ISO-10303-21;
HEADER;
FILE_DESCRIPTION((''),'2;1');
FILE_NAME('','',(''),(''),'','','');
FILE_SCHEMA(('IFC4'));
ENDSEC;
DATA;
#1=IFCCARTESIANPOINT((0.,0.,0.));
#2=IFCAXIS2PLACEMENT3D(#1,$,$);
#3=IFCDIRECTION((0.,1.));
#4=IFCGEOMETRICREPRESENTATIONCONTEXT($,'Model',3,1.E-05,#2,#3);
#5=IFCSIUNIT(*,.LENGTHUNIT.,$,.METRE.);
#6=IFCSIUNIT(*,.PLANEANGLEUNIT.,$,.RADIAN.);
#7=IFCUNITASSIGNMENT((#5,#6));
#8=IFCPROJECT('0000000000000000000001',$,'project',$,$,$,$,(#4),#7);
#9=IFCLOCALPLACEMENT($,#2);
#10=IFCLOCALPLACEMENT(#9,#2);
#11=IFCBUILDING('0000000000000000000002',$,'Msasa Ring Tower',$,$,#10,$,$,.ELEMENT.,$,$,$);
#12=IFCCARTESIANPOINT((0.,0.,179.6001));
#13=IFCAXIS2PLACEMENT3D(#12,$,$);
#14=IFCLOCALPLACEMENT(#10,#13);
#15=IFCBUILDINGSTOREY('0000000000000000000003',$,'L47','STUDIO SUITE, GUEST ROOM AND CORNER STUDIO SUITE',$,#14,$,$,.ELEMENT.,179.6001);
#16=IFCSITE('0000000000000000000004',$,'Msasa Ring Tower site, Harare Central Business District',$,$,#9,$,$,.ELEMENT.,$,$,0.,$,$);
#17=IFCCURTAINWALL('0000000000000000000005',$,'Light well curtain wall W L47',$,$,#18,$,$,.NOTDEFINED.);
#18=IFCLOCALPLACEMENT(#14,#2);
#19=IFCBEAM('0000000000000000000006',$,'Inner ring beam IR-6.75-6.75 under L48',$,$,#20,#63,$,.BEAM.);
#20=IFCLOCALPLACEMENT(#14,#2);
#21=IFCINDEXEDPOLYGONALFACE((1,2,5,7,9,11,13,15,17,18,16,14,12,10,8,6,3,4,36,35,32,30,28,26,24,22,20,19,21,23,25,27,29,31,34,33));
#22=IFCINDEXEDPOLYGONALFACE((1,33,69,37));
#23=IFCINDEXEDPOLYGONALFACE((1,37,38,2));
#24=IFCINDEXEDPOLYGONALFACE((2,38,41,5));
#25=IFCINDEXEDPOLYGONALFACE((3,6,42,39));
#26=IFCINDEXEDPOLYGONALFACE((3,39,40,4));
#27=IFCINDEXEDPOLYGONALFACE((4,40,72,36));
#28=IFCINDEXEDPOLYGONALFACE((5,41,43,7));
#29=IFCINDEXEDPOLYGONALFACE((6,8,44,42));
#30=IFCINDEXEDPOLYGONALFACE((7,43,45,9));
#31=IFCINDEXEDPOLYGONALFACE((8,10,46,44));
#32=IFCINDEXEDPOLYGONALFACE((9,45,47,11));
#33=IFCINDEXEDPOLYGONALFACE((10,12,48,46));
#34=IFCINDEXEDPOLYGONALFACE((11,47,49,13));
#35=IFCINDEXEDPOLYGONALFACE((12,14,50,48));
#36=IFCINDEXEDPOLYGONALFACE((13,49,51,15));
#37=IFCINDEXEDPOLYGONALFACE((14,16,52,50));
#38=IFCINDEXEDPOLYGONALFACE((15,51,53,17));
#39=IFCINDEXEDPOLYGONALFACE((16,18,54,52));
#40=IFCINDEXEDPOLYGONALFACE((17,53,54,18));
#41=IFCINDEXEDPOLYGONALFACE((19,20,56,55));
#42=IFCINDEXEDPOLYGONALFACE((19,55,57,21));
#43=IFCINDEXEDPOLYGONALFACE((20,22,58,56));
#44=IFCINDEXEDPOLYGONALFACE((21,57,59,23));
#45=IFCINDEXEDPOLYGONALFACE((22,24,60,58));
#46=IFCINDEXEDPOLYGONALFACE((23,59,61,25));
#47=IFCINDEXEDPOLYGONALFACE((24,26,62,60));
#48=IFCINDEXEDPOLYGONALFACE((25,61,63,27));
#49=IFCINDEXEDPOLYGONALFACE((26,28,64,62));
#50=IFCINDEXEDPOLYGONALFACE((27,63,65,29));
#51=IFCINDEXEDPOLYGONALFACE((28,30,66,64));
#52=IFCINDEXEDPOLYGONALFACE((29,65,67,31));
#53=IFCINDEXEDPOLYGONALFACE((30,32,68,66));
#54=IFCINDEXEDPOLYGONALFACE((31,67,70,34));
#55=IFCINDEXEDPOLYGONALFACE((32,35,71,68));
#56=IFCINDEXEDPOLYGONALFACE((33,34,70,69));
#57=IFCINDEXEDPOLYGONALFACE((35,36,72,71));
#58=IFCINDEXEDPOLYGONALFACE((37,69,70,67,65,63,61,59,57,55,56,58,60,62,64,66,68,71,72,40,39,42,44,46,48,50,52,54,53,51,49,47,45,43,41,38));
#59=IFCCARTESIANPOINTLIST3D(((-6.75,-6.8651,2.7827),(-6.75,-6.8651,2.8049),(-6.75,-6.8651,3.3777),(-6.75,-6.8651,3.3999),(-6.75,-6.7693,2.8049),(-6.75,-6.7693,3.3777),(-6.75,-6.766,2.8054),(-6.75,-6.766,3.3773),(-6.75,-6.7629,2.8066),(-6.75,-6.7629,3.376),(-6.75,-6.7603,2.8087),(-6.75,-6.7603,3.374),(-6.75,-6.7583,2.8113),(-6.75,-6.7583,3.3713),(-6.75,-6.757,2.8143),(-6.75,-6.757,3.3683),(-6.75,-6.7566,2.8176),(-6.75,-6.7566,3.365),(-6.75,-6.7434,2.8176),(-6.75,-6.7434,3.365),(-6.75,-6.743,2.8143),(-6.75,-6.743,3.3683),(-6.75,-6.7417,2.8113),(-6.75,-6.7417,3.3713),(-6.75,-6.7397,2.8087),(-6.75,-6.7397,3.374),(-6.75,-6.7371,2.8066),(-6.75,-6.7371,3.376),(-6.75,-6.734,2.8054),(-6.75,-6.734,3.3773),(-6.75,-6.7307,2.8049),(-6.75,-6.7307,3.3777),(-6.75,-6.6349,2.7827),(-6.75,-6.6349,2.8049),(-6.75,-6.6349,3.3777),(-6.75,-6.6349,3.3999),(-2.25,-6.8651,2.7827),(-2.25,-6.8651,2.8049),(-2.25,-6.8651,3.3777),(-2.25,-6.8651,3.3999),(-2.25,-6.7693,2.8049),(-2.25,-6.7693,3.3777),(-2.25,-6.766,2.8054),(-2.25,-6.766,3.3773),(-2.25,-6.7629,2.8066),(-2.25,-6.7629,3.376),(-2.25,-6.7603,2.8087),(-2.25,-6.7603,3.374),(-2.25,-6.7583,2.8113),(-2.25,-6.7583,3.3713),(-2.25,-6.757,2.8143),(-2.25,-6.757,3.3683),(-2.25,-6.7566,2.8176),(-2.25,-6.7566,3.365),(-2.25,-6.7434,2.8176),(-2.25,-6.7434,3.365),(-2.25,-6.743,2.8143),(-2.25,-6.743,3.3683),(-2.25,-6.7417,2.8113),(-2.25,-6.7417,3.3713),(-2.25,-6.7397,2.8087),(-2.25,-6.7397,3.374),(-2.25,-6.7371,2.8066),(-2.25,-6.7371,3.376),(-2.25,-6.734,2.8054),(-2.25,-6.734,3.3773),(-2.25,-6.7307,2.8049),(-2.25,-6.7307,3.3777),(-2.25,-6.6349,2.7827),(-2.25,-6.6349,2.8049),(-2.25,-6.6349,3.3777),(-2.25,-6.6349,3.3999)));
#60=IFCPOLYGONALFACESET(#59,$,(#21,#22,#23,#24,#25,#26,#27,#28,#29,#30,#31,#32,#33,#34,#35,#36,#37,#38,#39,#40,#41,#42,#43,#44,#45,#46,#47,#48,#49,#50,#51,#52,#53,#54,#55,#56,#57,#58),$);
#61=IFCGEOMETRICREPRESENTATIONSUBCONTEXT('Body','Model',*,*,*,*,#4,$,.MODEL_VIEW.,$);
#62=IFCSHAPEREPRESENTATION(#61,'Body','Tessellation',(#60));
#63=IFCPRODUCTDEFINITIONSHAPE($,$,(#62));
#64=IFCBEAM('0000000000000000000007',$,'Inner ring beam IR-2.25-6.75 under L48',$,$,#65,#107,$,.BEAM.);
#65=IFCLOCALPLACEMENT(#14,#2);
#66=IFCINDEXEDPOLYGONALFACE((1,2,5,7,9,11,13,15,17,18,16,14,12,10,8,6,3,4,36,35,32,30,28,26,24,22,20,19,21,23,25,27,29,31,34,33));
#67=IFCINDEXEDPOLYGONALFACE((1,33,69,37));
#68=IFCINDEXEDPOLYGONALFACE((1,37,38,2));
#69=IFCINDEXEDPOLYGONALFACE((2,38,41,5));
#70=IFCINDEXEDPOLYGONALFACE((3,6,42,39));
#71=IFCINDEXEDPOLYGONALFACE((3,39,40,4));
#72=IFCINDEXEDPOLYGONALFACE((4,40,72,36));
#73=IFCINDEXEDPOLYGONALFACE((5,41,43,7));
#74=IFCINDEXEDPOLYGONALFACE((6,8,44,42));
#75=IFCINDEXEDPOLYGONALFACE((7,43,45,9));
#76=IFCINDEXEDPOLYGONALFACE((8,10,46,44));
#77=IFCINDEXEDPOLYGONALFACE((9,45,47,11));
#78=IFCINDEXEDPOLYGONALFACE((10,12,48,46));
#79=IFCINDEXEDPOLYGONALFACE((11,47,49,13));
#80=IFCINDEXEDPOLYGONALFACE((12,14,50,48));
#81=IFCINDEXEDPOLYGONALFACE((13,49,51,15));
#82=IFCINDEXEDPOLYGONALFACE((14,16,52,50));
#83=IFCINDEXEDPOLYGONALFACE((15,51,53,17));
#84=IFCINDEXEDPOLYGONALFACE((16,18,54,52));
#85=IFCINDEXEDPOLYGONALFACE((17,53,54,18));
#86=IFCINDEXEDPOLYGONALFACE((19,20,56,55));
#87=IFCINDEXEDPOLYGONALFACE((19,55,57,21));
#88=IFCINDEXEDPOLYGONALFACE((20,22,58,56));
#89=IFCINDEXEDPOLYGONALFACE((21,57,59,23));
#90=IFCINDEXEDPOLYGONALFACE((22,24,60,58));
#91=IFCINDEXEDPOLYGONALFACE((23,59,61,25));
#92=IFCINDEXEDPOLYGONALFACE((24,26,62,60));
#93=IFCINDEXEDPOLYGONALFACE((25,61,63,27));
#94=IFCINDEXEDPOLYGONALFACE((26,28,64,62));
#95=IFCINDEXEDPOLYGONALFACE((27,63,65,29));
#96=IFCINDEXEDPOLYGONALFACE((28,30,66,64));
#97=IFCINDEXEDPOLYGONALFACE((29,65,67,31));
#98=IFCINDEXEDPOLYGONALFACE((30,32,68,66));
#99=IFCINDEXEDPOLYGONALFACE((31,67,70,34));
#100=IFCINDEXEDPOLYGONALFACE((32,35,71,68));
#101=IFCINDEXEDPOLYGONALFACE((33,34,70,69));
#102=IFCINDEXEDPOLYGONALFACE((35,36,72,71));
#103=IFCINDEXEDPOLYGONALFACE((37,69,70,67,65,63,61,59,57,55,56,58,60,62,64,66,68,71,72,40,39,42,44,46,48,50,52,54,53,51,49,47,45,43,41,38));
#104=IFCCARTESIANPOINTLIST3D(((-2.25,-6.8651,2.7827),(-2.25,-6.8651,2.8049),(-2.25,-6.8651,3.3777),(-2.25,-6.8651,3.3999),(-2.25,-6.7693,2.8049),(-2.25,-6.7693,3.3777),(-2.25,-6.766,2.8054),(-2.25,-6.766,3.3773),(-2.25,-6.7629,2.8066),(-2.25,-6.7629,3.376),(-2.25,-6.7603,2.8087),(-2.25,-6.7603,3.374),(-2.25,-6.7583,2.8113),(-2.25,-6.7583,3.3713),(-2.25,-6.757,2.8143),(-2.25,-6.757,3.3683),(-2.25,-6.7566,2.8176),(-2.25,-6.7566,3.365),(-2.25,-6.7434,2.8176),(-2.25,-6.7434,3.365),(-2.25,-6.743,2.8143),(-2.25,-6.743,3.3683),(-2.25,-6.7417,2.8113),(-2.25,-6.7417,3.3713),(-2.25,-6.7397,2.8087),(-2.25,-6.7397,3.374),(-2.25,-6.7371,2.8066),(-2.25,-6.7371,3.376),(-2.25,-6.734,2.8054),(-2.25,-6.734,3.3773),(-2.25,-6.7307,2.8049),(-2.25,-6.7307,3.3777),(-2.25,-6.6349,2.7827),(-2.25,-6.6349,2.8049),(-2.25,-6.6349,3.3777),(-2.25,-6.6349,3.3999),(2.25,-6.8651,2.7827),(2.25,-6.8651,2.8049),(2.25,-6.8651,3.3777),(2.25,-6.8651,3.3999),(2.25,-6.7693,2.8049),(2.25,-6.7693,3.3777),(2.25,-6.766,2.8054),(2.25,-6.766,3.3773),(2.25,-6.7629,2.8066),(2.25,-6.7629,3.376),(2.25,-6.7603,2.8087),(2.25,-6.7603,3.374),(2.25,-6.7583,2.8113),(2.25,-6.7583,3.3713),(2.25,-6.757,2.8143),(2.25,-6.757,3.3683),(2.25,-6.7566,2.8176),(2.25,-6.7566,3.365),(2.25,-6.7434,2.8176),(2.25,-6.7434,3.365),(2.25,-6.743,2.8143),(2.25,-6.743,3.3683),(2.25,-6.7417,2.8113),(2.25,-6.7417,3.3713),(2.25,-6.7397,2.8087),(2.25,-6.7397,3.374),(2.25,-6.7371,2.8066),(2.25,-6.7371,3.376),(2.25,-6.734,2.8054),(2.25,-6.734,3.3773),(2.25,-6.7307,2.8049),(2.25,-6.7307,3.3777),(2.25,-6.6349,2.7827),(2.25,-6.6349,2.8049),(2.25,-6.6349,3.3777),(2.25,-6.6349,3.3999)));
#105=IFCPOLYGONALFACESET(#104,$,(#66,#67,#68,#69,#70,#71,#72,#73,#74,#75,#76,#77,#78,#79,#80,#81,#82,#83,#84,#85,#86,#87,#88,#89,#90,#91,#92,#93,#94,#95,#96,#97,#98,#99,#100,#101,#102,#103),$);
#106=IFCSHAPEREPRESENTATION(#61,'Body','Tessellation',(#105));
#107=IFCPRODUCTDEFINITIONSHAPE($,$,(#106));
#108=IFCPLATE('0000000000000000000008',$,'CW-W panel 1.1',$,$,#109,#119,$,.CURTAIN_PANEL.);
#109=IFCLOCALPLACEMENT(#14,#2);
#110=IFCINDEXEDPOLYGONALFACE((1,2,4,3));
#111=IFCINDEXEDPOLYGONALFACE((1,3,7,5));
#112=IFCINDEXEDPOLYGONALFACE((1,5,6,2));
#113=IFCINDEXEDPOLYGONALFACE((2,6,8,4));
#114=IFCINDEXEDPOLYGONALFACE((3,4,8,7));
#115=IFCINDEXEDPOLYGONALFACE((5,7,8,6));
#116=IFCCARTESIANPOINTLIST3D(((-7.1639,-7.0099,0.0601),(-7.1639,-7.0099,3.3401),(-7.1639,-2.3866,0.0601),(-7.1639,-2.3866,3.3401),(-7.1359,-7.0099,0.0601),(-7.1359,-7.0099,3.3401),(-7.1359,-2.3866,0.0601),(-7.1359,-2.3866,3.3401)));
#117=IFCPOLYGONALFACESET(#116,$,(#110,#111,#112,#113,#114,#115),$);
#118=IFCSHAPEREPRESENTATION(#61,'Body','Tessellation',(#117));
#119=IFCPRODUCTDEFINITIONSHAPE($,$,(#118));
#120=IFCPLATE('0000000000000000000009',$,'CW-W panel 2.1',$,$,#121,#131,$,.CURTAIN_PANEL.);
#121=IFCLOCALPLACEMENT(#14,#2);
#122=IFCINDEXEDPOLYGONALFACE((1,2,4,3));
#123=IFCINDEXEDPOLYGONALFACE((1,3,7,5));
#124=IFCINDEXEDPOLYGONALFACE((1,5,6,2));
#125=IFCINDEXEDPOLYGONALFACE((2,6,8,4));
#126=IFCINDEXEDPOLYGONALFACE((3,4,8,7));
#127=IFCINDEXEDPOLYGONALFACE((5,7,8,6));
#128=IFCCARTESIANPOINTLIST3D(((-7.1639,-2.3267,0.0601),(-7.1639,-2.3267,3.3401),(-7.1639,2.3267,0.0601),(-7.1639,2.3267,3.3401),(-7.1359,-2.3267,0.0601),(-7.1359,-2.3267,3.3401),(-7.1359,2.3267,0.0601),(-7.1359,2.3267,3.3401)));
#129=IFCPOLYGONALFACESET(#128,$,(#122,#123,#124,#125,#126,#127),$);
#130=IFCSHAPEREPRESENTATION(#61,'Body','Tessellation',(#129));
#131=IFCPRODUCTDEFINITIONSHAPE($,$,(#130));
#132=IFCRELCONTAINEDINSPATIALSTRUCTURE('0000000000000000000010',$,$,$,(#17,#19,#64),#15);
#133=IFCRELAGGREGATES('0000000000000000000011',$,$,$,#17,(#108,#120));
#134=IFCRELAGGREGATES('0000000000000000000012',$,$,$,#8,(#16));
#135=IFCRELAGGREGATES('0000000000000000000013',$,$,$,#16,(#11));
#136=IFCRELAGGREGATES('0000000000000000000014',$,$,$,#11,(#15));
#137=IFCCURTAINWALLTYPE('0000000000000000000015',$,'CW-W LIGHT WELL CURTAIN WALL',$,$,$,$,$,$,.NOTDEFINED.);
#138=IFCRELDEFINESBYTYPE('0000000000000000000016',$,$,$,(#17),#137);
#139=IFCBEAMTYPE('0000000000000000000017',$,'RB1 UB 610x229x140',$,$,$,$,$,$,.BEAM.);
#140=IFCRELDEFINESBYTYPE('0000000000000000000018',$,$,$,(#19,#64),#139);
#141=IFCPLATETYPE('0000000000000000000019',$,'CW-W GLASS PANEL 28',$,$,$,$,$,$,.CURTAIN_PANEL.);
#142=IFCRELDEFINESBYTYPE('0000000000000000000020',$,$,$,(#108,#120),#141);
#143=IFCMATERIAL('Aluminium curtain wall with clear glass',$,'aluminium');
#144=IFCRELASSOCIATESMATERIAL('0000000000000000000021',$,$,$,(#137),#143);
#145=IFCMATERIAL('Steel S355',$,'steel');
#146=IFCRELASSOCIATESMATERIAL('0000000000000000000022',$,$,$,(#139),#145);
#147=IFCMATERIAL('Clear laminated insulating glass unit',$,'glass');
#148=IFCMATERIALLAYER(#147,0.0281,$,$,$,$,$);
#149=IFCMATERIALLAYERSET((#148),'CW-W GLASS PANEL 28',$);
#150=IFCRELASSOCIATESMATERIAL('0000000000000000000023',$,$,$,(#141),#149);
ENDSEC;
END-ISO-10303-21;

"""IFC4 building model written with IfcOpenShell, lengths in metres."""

from ifc_helpers import new_model, si_unit, direction, frame, origin, origin_2d, place, context, subcontext, project, spatial, rectangle, i_section, extrude, material, layer, layer_set, material_profile, profile_set, type_object, element, aggregate, save


model = new_model("IFC4")

# Units and contexts
model_context = context("Model", 3, precision=1e-05, world=origin(), true_north=direction((0.0, 1.0)))
body_context = subcontext(model_context, "Body", "Model", "MODEL_VIEW")
ifc_project = project(units=[si_unit("LENGTHUNIT", "METRE"), si_unit("PLANEANGLEUNIT", "RADIAN")], contexts=[model_context])

# Site, building, storey
site_placement = place(None, origin())
site = spatial("IfcSite", under=ifc_project, at=site_placement, Name="Msasa Ring Tower site, Harare Central Business District", CompositionType="ELEMENT", RefElevation=0.0)
building_placement = place(site_placement, origin())
building = spatial("IfcBuilding", under=site, at=building_placement, Name="Msasa Ring Tower", CompositionType="ELEMENT")
storey_placement = place(building_placement, frame((0.0, 0.0, 179.6001)))
storey = spatial("IfcBuildingStorey", under=building, at=storey_placement, Name="L47", Description="STUDIO SUITE, GUEST ROOM AND CORNER STUDIO SUITE", CompositionType="ELEMENT", Elevation=179.6001)

# Curtain wall
ifc_material_1 = material(Name="Aluminium curtain wall with clear glass", Category="aluminium")
curtain_wall_type = type_object("IfcCurtainWallType", Name="CW-W LIGHT WELL CURTAIN WALL", PredefinedType="NOTDEFINED", material=ifc_material_1)
curtain_wall_placement = place(storey_placement, origin())
curtain_wall = element("IfcCurtainWall", 1, at=curtain_wall_placement, inside=storey, type_object=curtain_wall_type, Name="Light well curtain wall W L47", PredefinedType="NOTDEFINED")

# Beams
ifc_material_2 = material(Name="Steel S355", Category="steel")
ifc_material_profile_1 = material_profile(ifc_material_2, i_section(OverallWidth=0.2302, OverallDepth=0.6172, WebThickness=0.0132, FlangeThickness=0.0222, FilletRadius=0.0127, at=origin_2d()), Name="UB 610x229x140")
ifc_profile_set_1 = profile_set([ifc_material_profile_1], Name="Steel S355")
beam_type = type_object("IfcBeamType", Name="RB1 UB 610x229x140", PredefinedType="BEAM", material=ifc_profile_set_1)
for number, where, z_axis, x_axis, name in (
    (2, (-6.75, -6.75, 3.0913), (1.0, 0.0, 0.0), (0.0, 1.0, 0.0), "Inner ring beam IR-6.75-6.75 under L48"),
    (3, (-2.25, -6.75, 3.0913), (1.0, 0.0, 0.0), (0.0, 1.0, 0.0), "Inner ring beam IR-2.25-6.75 under L48"),
):
    element("IfcBeam", number, at=place(storey_placement, frame(where, z_axis=z_axis, x_axis=x_axis)), inside=storey, type_object=beam_type, Name=name, PredefinedType="BEAM", context=body_context, shape_type="SweptSolid", body=[
        extrude(i_section(OverallWidth=0.2302, OverallDepth=0.6172, WebThickness=0.0132, FlangeThickness=0.0222, FilletRadius=0.0127, at=origin_2d()), origin(), (0.0, 0.0, 1.0), 4.5),
    ])

# Plates
ifc_material_3 = material(Name="Clear laminated insulating glass unit", Category="glass")
ifc_layer_1 = layer(ifc_material_3, 0.0281)
ifc_layer_set_1 = layer_set([ifc_layer_1], Name="CW-W GLASS PANEL 28")
plate_type = type_object("IfcPlateType", Name="CW-W GLASS PANEL 28", PredefinedType="CURTAIN_PANEL", material=ifc_layer_set_1)
plate_1_placement = place(storey_placement, frame((-7.1499, -4.6982, 0.0601), z_axis=(0.0, 0.0, 1.0), x_axis=(0.0, 1.0, 0.0)))
plate_1 = element("IfcPlate", 4, at=plate_1_placement, type_object=plate_type, Name="CW-W panel 1.1", PredefinedType="CURTAIN_PANEL", context=body_context, shape_type="SweptSolid", body=[
    extrude(rectangle(XDim=4.6233, YDim=0.0281, at=origin_2d()), origin(), (0.0, 0.0, 1.0), 3.28),
])
plate_2_placement = place(storey_placement, frame((-7.1499, 0.0, 0.0601), z_axis=(0.0, 0.0, 1.0), x_axis=(0.0, 1.0, 0.0)))
plate_2 = element("IfcPlate", 5, at=plate_2_placement, type_object=plate_type, Name="CW-W panel 2.1", PredefinedType="CURTAIN_PANEL", context=body_context, shape_type="SweptSolid", body=[
    extrude(rectangle(XDim=4.6533, YDim=0.0281, at=origin_2d()), origin(), (0.0, 0.0, 1.0), 3.28),
])
aggregate(curtain_wall, [plate_1, plate_2])

save(model, "model.ifc")
